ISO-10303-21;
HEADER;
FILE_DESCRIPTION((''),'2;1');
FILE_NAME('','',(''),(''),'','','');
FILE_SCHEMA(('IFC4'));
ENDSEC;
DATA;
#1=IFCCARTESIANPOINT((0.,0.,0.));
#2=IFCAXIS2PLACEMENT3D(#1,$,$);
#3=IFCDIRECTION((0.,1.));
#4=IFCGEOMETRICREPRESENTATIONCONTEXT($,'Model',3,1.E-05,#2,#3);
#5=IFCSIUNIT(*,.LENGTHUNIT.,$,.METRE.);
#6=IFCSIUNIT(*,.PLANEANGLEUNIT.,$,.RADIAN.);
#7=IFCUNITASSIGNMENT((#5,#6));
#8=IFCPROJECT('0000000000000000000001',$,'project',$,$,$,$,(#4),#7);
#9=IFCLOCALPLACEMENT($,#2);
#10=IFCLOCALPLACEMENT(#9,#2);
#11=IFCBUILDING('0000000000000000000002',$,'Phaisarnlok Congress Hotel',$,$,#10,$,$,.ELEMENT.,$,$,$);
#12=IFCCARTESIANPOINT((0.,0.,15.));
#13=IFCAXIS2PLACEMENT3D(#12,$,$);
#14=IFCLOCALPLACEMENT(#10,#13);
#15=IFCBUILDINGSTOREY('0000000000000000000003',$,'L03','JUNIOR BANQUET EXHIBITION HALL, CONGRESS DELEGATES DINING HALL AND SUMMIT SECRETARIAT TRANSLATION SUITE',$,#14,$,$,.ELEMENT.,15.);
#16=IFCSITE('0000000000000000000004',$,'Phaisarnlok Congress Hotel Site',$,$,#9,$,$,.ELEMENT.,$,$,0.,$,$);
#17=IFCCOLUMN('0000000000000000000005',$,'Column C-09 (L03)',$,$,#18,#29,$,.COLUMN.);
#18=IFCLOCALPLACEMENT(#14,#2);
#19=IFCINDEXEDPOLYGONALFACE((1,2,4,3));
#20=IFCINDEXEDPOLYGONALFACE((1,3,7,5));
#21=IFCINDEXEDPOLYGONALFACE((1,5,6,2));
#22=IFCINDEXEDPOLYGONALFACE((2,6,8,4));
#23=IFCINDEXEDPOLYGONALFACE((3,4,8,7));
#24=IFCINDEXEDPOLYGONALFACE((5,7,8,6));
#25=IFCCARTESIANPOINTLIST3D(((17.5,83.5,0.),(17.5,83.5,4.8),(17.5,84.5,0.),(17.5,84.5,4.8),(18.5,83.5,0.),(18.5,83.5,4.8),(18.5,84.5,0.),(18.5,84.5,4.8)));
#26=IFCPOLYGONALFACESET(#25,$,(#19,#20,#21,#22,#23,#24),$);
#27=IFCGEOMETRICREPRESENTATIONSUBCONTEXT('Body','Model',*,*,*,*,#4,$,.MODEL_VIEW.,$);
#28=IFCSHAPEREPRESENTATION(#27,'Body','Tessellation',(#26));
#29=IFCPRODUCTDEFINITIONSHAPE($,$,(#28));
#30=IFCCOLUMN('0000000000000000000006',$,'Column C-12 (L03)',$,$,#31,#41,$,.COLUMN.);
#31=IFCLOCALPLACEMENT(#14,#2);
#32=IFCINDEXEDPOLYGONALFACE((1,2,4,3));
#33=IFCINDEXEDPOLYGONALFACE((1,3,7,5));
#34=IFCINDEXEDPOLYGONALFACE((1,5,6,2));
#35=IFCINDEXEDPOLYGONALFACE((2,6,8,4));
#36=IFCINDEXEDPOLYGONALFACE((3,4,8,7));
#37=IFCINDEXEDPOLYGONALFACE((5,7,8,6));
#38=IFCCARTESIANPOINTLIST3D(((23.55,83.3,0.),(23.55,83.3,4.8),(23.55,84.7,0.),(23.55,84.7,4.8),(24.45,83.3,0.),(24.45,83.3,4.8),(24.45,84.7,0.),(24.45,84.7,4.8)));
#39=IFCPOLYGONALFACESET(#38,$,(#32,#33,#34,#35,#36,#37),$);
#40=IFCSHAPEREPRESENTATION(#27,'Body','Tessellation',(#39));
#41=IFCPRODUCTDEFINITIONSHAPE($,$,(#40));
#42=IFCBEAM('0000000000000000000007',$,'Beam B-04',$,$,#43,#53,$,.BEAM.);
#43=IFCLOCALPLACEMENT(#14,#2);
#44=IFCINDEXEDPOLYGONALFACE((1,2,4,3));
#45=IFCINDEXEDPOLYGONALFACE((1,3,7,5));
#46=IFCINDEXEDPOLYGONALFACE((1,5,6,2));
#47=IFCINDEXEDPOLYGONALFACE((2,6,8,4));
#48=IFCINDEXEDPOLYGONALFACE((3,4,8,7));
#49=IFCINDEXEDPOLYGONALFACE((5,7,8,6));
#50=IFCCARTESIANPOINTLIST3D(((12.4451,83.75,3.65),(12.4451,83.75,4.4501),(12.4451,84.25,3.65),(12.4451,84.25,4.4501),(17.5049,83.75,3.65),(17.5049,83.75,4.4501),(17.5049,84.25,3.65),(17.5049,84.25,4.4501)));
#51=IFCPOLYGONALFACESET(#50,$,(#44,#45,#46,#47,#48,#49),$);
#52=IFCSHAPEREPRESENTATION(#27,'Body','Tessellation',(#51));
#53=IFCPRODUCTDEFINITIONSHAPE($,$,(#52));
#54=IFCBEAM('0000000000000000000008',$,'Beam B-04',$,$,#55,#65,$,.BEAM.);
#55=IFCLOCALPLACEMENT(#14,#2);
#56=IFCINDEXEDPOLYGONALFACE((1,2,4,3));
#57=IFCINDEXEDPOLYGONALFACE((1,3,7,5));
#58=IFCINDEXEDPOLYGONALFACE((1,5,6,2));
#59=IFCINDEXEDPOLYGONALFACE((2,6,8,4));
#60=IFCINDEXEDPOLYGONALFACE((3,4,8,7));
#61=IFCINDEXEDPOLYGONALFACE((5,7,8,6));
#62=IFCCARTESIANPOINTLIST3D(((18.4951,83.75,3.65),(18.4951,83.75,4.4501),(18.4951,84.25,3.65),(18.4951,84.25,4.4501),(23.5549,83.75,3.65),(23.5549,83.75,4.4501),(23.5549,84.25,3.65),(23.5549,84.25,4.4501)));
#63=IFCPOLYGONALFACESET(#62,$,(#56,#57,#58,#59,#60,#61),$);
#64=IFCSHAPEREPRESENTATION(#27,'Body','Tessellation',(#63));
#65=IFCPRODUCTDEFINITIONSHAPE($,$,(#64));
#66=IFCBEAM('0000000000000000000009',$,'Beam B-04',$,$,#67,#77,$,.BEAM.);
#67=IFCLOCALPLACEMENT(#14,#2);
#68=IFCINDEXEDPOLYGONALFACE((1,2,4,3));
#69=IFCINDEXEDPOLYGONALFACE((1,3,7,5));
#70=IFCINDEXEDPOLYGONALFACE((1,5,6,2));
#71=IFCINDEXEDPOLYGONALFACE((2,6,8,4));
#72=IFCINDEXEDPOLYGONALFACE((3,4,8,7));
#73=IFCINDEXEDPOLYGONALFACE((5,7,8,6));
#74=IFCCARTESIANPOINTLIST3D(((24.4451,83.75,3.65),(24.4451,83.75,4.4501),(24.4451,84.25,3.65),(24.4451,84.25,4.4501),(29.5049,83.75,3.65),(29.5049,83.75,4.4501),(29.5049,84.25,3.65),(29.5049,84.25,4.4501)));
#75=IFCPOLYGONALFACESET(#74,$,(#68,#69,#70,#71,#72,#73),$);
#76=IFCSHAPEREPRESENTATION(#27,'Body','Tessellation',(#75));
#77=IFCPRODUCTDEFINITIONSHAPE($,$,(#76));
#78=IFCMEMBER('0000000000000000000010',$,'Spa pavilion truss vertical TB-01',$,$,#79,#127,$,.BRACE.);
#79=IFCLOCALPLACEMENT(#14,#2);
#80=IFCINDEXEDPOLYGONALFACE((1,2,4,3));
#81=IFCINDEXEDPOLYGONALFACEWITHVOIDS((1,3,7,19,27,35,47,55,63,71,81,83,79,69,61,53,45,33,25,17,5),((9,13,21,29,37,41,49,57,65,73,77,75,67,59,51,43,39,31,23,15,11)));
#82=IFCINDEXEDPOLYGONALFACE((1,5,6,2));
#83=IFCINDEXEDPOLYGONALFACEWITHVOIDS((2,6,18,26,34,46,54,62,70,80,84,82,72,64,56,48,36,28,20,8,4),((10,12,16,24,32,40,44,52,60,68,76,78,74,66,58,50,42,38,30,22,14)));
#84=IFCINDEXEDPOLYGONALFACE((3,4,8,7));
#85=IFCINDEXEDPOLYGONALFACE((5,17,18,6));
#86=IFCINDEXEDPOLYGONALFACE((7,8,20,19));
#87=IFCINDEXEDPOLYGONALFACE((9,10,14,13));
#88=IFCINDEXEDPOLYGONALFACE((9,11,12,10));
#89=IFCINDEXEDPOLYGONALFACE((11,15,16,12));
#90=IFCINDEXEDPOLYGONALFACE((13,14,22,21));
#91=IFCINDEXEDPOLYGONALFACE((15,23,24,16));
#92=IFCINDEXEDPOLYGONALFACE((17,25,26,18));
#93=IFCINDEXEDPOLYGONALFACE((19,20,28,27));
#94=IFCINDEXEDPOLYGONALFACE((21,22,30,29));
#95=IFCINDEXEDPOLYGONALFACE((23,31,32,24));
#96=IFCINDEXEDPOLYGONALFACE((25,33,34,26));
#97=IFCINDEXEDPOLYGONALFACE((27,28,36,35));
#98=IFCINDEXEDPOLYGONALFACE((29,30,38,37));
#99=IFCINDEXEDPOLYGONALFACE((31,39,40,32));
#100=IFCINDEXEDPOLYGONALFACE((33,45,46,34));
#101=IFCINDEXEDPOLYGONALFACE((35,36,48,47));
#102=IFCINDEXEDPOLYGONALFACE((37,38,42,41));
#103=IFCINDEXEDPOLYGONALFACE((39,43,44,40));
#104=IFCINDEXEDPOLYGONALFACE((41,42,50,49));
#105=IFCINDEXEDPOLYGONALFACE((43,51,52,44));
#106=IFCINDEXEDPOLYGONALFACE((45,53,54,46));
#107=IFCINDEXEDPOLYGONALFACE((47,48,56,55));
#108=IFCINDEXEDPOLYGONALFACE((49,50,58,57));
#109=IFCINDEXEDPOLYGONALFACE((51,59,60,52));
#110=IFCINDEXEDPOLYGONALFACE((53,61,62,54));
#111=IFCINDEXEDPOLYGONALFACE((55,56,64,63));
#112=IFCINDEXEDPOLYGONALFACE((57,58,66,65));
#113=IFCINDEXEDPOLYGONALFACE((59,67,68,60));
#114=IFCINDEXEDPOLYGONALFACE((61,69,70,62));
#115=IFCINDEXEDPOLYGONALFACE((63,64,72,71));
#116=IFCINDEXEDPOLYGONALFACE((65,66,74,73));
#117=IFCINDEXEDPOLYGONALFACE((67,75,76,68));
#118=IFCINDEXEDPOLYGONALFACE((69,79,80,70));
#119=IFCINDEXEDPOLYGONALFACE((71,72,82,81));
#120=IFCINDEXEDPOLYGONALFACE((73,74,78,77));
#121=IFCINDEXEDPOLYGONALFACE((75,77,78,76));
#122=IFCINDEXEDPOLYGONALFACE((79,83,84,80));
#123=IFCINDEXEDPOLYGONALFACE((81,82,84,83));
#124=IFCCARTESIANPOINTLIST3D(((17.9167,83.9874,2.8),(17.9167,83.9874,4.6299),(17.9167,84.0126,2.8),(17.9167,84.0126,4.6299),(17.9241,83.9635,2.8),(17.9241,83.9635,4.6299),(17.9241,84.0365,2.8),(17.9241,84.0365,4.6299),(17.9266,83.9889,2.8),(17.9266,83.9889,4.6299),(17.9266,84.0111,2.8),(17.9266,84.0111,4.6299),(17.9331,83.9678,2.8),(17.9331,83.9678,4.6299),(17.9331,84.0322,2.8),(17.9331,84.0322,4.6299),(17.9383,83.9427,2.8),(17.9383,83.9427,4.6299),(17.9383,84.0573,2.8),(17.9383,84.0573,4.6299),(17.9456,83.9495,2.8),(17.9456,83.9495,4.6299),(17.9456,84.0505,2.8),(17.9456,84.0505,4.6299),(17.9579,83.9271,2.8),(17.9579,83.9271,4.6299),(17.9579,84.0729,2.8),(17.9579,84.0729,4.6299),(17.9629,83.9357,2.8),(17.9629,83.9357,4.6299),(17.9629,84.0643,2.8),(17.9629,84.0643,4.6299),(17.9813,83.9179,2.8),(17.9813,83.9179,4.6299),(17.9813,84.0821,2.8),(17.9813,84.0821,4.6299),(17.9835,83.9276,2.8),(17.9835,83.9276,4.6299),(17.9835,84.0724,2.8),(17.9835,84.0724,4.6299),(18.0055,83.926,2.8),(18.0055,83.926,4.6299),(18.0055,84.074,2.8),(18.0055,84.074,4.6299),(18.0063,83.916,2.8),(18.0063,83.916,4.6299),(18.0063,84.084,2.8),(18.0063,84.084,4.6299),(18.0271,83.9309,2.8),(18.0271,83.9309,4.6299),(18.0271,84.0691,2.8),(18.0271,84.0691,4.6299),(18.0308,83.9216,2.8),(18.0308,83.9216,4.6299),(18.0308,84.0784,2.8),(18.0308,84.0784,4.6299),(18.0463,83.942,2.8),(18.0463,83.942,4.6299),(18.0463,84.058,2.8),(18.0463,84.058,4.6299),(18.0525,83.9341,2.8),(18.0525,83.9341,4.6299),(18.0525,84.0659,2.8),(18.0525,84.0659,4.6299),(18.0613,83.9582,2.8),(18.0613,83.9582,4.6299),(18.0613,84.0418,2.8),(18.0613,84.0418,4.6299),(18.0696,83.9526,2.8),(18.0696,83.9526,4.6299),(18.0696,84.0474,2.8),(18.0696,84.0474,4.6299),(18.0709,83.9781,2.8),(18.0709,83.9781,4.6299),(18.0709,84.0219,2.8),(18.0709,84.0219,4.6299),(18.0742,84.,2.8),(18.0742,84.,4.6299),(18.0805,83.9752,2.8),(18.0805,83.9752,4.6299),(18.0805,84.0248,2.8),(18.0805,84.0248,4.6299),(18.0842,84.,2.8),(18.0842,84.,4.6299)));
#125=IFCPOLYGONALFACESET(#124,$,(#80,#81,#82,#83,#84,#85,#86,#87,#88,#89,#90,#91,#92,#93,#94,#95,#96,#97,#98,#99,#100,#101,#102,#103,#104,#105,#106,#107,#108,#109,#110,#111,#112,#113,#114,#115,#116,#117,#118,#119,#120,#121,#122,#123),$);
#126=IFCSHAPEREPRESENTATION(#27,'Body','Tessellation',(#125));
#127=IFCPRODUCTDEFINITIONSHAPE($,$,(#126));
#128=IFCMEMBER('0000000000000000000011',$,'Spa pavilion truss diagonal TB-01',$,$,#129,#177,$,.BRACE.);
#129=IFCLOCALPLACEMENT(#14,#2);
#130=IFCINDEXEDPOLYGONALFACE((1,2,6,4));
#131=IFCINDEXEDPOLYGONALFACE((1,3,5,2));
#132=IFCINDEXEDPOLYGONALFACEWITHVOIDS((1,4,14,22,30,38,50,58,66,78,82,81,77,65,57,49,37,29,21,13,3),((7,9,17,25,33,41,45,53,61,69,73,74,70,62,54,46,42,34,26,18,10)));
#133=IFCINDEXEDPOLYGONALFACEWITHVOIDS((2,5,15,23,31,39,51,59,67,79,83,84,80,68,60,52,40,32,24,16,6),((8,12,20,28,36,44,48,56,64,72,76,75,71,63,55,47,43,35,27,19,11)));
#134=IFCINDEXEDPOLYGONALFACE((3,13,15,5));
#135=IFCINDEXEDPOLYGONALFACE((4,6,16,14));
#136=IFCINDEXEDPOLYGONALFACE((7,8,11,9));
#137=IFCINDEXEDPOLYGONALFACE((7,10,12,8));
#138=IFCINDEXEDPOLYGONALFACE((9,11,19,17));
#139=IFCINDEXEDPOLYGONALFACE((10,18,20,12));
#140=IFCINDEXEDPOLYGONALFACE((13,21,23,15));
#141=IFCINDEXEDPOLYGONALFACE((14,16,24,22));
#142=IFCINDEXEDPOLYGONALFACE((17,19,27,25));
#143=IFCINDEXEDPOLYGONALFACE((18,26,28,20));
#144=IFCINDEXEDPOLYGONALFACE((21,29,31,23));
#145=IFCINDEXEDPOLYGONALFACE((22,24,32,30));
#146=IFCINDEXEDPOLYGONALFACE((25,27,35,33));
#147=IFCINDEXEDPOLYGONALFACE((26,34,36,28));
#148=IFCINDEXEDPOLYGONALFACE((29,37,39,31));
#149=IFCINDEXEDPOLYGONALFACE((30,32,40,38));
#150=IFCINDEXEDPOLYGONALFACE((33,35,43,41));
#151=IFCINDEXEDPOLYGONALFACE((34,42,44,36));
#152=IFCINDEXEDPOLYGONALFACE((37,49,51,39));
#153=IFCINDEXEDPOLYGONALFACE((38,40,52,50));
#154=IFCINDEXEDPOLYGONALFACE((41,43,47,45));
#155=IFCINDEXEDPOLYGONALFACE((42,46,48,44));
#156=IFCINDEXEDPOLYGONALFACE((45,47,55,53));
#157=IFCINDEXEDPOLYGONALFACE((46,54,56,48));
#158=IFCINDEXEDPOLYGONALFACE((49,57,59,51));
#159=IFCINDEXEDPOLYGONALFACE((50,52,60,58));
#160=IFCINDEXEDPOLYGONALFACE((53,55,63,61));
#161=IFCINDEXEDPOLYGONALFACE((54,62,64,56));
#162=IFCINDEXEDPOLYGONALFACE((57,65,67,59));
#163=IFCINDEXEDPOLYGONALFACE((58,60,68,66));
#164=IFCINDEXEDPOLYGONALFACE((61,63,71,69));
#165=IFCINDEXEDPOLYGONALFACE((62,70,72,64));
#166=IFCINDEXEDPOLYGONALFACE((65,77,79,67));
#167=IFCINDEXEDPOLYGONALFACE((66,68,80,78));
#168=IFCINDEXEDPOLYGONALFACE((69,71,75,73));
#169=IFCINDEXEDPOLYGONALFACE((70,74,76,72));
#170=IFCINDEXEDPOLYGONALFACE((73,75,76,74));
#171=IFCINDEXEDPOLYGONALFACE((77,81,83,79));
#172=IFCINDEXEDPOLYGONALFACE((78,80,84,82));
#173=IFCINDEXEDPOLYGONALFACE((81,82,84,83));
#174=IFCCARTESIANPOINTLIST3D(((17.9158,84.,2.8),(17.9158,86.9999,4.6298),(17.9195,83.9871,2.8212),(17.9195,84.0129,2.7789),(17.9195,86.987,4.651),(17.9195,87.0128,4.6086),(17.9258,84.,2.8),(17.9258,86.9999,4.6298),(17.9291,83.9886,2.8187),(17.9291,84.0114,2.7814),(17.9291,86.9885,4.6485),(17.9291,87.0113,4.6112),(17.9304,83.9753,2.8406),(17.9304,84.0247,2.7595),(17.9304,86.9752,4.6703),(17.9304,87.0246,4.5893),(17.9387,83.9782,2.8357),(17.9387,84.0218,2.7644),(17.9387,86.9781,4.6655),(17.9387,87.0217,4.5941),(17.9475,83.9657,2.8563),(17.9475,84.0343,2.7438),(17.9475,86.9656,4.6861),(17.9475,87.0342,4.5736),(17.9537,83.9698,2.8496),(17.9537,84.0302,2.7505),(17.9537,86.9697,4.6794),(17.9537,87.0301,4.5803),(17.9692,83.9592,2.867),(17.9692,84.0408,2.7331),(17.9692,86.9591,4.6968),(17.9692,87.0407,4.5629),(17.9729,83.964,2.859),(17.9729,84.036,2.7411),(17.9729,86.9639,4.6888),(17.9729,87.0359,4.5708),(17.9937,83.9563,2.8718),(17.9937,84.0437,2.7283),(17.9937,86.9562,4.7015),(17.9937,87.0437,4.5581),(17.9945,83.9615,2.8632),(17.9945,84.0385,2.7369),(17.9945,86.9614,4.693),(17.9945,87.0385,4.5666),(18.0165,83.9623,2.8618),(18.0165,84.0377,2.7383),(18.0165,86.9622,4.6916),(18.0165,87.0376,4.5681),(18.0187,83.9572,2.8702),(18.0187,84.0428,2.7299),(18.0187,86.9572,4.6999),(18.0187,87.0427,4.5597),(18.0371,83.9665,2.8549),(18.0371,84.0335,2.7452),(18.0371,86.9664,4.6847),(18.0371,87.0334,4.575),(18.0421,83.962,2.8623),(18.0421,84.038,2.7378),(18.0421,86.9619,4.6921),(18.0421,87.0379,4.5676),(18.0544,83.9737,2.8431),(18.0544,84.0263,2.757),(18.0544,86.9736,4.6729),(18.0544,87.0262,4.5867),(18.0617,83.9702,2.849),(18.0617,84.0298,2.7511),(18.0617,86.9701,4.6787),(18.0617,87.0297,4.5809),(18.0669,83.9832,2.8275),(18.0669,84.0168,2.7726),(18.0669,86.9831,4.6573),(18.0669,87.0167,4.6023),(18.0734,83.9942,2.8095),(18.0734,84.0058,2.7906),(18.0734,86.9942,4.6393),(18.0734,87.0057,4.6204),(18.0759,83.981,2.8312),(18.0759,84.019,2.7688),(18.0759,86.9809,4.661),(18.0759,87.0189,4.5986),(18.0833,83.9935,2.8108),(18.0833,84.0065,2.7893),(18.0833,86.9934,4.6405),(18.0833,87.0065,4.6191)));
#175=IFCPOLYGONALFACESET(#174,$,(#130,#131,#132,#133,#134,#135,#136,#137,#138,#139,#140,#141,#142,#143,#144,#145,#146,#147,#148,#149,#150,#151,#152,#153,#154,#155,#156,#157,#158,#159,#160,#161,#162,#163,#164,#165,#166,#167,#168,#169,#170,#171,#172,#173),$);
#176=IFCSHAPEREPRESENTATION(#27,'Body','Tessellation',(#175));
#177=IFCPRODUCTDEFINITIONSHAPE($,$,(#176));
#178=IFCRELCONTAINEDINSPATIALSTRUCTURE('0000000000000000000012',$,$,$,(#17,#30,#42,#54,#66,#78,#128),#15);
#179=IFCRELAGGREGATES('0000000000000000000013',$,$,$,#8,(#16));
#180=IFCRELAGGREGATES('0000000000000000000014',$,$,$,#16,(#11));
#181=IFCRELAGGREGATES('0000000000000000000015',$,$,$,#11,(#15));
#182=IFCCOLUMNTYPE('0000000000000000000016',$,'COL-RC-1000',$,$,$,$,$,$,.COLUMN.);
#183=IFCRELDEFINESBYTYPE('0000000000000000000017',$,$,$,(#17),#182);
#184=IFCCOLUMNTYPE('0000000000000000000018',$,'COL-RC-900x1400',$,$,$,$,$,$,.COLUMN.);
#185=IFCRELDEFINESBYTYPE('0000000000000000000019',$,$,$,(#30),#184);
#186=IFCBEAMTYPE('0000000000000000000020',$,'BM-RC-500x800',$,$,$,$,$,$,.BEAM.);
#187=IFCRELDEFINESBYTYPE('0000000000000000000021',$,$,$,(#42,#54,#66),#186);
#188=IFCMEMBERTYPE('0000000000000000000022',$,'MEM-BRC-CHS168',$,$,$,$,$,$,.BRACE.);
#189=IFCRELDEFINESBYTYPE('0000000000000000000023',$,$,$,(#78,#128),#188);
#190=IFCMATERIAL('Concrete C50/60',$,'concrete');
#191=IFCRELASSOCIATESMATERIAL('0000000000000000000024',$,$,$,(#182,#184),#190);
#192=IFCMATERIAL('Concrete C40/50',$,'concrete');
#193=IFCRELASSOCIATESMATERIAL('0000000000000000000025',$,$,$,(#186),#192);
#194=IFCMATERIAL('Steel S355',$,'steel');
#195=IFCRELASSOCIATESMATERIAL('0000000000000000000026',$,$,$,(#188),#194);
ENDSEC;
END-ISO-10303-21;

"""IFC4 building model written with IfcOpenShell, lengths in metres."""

from ifc_helpers import new_model, si_unit, direction, frame, origin, origin_2d, place, context, subcontext, project, spatial, rectangle, hollow_circle, extrude, material, material_profile, profile_set, type_object, element, save


model = new_model("IFC4")

# Units and contexts
model_context = context("Model", 3, precision=1e-05, world=origin(), true_north=direction((0.0, 1.0)))
body_context = subcontext(model_context, "Body", "Model", "MODEL_VIEW")
ifc_project = project(units=[si_unit("LENGTHUNIT", "METRE"), si_unit("PLANEANGLEUNIT", "RADIAN")], contexts=[model_context])

# Site, building, storey
site_placement = place(None, origin())
site = spatial("IfcSite", under=ifc_project, at=site_placement, Name="Phaisarnlok Congress Hotel Site", CompositionType="ELEMENT", RefElevation=0.0)
building_placement = place(site_placement, origin())
building = spatial("IfcBuilding", under=site, at=building_placement, Name="Phaisarnlok Congress Hotel", CompositionType="ELEMENT")
storey_placement = place(building_placement, frame((0.0, 0.0, 15.0)))
storey = spatial("IfcBuildingStorey", under=building, at=storey_placement, Name="L03", Description="JUNIOR BANQUET EXHIBITION HALL, CONGRESS DELEGATES DINING HALL AND SUMMIT SECRETARIAT TRANSLATION SUITE", CompositionType="ELEMENT", Elevation=15.0)

# Columns
ifc_material_1 = material(Name="Concrete C50/60", Category="concrete")
ifc_material_profile_1 = material_profile(ifc_material_1, rectangle(XDim=1.0, YDim=1.0, at=origin_2d()), Name="RC 1000x1000")
ifc_profile_set_1 = profile_set([ifc_material_profile_1], Name="Concrete C50/60")
column_type_1 = type_object("IfcColumnType", Name="COL-RC-1000", PredefinedType="COLUMN", material=ifc_profile_set_1)
column_1_placement = place(storey_placement, frame((18.0, 84.0, 0.0), z_axis=(0.0, 0.0, 1.0), x_axis=(1.0, 0.0, 0.0)))
element("IfcColumn", 1, at=column_1_placement, inside=storey, type_object=column_type_1, Name="Column C-09 (L03)", PredefinedType="COLUMN", context=body_context, shape_type="SweptSolid", body=[
    extrude(rectangle(XDim=1.0, YDim=1.0, at=origin_2d()), origin(), (0.0, 0.0, 1.0), 4.8),
])
ifc_material_profile_2 = material_profile(ifc_material_1, rectangle(XDim=0.8999, YDim=1.3999, at=origin_2d()), Name="RC 900x1400")
ifc_profile_set_2 = profile_set([ifc_material_profile_2], Name="Concrete C50/60")
column_type_2 = type_object("IfcColumnType", Name="COL-RC-900x1400", PredefinedType="COLUMN", material=ifc_profile_set_2)
column_2_placement = place(storey_placement, frame((24.0, 84.0, 0.0), z_axis=(0.0, 0.0, 1.0), x_axis=(1.0, 0.0, 0.0)))
element("IfcColumn", 2, at=column_2_placement, inside=storey, type_object=column_type_2, Name="Column C-12 (L03)", PredefinedType="COLUMN", context=body_context, shape_type="SweptSolid", body=[
    extrude(rectangle(XDim=0.8999, YDim=1.3999, at=origin_2d()), origin(), (0.0, 0.0, 1.0), 4.8),
])

# Beams
ifc_material_2 = material(Name="Concrete C40/50", Category="concrete")
ifc_material_profile_3 = material_profile(ifc_material_2, rectangle(XDim=0.5, YDim=0.8, at=origin_2d()), Name="RC 500x800")
ifc_profile_set_3 = profile_set([ifc_material_profile_3], Name="Concrete C40/50")
beam_type = type_object("IfcBeamType", Name="BM-RC-500x800", PredefinedType="BEAM", material=ifc_profile_set_3)
for number, where, z_axis, x_axis, name in (
    (3, (12.4451, 84.0, 4.05), (1.0, 0.0, 0.0), (0.0, 1.0, 0.0), "Beam B-04"),
    (4, (18.4951, 84.0, 4.05), (1.0, 0.0, 0.0), (0.0, 1.0, 0.0), "Beam B-04"),
    (5, (24.4451, 84.0, 4.05), (1.0, 0.0, 0.0), (0.0, 1.0, 0.0), "Beam B-04"),
):
    element("IfcBeam", number, at=place(storey_placement, frame(where, z_axis=z_axis, x_axis=x_axis)), inside=storey, type_object=beam_type, Name=name, PredefinedType="BEAM", context=body_context, shape_type="SweptSolid", body=[
        extrude(rectangle(XDim=0.5, YDim=0.8, at=origin_2d()), origin(), (0.0, 0.0, 1.0), 5.0598),
    ])

# Members
ifc_material_3 = material(Name="Steel S355", Category="steel")
ifc_material_profile_4 = material_profile(ifc_material_3, hollow_circle(Radius=0.0842, WallThickness=0.01, at=origin_2d()), Name="CHS 168.3x10")
ifc_profile_set_4 = profile_set([ifc_material_profile_4], Name="Steel S355")
member_type_1 = type_object("IfcMemberType", Name="MEM-BRC-CHS168", PredefinedType="BRACE", material=ifc_profile_set_4)
member_1_placement = place(storey_placement, frame((18.0, 84.0, 2.8), z_axis=(0.0, 0.0, 1.0), x_axis=(1.0, 0.0, 0.0)))
element("IfcMember", 6, at=member_1_placement, inside=storey, type_object=member_type_1, Name="Spa pavilion truss vertical TB-01", PredefinedType="BRACE", context=body_context, shape_type="SweptSolid", body=[
    extrude(hollow_circle(Radius=0.0842, WallThickness=0.01, at=origin_2d()), origin(), (0.0, 0.0, 1.0), 1.8298),
])
for number, where, z_axis, x_axis, name in (
    (7, (18.0, 84.0, 2.8), (0.0, 0.853725, 0.520725), (-1.0, 0.0, 0.0), "Spa pavilion truss diagonal TB-01"),
):
    element("IfcMember", number, at=place(storey_placement, frame(where, z_axis=z_axis, x_axis=x_axis)), inside=storey, type_object=member_type_1, Name=name, PredefinedType="BRACE", context=body_context, shape_type="SweptSolid", body=[
        extrude(hollow_circle(Radius=0.0842, WallThickness=0.01, at=origin_2d()), origin(), (0.0, 0.0, 1.0), 3.5139),
    ])

save(model, "model.ifc")
